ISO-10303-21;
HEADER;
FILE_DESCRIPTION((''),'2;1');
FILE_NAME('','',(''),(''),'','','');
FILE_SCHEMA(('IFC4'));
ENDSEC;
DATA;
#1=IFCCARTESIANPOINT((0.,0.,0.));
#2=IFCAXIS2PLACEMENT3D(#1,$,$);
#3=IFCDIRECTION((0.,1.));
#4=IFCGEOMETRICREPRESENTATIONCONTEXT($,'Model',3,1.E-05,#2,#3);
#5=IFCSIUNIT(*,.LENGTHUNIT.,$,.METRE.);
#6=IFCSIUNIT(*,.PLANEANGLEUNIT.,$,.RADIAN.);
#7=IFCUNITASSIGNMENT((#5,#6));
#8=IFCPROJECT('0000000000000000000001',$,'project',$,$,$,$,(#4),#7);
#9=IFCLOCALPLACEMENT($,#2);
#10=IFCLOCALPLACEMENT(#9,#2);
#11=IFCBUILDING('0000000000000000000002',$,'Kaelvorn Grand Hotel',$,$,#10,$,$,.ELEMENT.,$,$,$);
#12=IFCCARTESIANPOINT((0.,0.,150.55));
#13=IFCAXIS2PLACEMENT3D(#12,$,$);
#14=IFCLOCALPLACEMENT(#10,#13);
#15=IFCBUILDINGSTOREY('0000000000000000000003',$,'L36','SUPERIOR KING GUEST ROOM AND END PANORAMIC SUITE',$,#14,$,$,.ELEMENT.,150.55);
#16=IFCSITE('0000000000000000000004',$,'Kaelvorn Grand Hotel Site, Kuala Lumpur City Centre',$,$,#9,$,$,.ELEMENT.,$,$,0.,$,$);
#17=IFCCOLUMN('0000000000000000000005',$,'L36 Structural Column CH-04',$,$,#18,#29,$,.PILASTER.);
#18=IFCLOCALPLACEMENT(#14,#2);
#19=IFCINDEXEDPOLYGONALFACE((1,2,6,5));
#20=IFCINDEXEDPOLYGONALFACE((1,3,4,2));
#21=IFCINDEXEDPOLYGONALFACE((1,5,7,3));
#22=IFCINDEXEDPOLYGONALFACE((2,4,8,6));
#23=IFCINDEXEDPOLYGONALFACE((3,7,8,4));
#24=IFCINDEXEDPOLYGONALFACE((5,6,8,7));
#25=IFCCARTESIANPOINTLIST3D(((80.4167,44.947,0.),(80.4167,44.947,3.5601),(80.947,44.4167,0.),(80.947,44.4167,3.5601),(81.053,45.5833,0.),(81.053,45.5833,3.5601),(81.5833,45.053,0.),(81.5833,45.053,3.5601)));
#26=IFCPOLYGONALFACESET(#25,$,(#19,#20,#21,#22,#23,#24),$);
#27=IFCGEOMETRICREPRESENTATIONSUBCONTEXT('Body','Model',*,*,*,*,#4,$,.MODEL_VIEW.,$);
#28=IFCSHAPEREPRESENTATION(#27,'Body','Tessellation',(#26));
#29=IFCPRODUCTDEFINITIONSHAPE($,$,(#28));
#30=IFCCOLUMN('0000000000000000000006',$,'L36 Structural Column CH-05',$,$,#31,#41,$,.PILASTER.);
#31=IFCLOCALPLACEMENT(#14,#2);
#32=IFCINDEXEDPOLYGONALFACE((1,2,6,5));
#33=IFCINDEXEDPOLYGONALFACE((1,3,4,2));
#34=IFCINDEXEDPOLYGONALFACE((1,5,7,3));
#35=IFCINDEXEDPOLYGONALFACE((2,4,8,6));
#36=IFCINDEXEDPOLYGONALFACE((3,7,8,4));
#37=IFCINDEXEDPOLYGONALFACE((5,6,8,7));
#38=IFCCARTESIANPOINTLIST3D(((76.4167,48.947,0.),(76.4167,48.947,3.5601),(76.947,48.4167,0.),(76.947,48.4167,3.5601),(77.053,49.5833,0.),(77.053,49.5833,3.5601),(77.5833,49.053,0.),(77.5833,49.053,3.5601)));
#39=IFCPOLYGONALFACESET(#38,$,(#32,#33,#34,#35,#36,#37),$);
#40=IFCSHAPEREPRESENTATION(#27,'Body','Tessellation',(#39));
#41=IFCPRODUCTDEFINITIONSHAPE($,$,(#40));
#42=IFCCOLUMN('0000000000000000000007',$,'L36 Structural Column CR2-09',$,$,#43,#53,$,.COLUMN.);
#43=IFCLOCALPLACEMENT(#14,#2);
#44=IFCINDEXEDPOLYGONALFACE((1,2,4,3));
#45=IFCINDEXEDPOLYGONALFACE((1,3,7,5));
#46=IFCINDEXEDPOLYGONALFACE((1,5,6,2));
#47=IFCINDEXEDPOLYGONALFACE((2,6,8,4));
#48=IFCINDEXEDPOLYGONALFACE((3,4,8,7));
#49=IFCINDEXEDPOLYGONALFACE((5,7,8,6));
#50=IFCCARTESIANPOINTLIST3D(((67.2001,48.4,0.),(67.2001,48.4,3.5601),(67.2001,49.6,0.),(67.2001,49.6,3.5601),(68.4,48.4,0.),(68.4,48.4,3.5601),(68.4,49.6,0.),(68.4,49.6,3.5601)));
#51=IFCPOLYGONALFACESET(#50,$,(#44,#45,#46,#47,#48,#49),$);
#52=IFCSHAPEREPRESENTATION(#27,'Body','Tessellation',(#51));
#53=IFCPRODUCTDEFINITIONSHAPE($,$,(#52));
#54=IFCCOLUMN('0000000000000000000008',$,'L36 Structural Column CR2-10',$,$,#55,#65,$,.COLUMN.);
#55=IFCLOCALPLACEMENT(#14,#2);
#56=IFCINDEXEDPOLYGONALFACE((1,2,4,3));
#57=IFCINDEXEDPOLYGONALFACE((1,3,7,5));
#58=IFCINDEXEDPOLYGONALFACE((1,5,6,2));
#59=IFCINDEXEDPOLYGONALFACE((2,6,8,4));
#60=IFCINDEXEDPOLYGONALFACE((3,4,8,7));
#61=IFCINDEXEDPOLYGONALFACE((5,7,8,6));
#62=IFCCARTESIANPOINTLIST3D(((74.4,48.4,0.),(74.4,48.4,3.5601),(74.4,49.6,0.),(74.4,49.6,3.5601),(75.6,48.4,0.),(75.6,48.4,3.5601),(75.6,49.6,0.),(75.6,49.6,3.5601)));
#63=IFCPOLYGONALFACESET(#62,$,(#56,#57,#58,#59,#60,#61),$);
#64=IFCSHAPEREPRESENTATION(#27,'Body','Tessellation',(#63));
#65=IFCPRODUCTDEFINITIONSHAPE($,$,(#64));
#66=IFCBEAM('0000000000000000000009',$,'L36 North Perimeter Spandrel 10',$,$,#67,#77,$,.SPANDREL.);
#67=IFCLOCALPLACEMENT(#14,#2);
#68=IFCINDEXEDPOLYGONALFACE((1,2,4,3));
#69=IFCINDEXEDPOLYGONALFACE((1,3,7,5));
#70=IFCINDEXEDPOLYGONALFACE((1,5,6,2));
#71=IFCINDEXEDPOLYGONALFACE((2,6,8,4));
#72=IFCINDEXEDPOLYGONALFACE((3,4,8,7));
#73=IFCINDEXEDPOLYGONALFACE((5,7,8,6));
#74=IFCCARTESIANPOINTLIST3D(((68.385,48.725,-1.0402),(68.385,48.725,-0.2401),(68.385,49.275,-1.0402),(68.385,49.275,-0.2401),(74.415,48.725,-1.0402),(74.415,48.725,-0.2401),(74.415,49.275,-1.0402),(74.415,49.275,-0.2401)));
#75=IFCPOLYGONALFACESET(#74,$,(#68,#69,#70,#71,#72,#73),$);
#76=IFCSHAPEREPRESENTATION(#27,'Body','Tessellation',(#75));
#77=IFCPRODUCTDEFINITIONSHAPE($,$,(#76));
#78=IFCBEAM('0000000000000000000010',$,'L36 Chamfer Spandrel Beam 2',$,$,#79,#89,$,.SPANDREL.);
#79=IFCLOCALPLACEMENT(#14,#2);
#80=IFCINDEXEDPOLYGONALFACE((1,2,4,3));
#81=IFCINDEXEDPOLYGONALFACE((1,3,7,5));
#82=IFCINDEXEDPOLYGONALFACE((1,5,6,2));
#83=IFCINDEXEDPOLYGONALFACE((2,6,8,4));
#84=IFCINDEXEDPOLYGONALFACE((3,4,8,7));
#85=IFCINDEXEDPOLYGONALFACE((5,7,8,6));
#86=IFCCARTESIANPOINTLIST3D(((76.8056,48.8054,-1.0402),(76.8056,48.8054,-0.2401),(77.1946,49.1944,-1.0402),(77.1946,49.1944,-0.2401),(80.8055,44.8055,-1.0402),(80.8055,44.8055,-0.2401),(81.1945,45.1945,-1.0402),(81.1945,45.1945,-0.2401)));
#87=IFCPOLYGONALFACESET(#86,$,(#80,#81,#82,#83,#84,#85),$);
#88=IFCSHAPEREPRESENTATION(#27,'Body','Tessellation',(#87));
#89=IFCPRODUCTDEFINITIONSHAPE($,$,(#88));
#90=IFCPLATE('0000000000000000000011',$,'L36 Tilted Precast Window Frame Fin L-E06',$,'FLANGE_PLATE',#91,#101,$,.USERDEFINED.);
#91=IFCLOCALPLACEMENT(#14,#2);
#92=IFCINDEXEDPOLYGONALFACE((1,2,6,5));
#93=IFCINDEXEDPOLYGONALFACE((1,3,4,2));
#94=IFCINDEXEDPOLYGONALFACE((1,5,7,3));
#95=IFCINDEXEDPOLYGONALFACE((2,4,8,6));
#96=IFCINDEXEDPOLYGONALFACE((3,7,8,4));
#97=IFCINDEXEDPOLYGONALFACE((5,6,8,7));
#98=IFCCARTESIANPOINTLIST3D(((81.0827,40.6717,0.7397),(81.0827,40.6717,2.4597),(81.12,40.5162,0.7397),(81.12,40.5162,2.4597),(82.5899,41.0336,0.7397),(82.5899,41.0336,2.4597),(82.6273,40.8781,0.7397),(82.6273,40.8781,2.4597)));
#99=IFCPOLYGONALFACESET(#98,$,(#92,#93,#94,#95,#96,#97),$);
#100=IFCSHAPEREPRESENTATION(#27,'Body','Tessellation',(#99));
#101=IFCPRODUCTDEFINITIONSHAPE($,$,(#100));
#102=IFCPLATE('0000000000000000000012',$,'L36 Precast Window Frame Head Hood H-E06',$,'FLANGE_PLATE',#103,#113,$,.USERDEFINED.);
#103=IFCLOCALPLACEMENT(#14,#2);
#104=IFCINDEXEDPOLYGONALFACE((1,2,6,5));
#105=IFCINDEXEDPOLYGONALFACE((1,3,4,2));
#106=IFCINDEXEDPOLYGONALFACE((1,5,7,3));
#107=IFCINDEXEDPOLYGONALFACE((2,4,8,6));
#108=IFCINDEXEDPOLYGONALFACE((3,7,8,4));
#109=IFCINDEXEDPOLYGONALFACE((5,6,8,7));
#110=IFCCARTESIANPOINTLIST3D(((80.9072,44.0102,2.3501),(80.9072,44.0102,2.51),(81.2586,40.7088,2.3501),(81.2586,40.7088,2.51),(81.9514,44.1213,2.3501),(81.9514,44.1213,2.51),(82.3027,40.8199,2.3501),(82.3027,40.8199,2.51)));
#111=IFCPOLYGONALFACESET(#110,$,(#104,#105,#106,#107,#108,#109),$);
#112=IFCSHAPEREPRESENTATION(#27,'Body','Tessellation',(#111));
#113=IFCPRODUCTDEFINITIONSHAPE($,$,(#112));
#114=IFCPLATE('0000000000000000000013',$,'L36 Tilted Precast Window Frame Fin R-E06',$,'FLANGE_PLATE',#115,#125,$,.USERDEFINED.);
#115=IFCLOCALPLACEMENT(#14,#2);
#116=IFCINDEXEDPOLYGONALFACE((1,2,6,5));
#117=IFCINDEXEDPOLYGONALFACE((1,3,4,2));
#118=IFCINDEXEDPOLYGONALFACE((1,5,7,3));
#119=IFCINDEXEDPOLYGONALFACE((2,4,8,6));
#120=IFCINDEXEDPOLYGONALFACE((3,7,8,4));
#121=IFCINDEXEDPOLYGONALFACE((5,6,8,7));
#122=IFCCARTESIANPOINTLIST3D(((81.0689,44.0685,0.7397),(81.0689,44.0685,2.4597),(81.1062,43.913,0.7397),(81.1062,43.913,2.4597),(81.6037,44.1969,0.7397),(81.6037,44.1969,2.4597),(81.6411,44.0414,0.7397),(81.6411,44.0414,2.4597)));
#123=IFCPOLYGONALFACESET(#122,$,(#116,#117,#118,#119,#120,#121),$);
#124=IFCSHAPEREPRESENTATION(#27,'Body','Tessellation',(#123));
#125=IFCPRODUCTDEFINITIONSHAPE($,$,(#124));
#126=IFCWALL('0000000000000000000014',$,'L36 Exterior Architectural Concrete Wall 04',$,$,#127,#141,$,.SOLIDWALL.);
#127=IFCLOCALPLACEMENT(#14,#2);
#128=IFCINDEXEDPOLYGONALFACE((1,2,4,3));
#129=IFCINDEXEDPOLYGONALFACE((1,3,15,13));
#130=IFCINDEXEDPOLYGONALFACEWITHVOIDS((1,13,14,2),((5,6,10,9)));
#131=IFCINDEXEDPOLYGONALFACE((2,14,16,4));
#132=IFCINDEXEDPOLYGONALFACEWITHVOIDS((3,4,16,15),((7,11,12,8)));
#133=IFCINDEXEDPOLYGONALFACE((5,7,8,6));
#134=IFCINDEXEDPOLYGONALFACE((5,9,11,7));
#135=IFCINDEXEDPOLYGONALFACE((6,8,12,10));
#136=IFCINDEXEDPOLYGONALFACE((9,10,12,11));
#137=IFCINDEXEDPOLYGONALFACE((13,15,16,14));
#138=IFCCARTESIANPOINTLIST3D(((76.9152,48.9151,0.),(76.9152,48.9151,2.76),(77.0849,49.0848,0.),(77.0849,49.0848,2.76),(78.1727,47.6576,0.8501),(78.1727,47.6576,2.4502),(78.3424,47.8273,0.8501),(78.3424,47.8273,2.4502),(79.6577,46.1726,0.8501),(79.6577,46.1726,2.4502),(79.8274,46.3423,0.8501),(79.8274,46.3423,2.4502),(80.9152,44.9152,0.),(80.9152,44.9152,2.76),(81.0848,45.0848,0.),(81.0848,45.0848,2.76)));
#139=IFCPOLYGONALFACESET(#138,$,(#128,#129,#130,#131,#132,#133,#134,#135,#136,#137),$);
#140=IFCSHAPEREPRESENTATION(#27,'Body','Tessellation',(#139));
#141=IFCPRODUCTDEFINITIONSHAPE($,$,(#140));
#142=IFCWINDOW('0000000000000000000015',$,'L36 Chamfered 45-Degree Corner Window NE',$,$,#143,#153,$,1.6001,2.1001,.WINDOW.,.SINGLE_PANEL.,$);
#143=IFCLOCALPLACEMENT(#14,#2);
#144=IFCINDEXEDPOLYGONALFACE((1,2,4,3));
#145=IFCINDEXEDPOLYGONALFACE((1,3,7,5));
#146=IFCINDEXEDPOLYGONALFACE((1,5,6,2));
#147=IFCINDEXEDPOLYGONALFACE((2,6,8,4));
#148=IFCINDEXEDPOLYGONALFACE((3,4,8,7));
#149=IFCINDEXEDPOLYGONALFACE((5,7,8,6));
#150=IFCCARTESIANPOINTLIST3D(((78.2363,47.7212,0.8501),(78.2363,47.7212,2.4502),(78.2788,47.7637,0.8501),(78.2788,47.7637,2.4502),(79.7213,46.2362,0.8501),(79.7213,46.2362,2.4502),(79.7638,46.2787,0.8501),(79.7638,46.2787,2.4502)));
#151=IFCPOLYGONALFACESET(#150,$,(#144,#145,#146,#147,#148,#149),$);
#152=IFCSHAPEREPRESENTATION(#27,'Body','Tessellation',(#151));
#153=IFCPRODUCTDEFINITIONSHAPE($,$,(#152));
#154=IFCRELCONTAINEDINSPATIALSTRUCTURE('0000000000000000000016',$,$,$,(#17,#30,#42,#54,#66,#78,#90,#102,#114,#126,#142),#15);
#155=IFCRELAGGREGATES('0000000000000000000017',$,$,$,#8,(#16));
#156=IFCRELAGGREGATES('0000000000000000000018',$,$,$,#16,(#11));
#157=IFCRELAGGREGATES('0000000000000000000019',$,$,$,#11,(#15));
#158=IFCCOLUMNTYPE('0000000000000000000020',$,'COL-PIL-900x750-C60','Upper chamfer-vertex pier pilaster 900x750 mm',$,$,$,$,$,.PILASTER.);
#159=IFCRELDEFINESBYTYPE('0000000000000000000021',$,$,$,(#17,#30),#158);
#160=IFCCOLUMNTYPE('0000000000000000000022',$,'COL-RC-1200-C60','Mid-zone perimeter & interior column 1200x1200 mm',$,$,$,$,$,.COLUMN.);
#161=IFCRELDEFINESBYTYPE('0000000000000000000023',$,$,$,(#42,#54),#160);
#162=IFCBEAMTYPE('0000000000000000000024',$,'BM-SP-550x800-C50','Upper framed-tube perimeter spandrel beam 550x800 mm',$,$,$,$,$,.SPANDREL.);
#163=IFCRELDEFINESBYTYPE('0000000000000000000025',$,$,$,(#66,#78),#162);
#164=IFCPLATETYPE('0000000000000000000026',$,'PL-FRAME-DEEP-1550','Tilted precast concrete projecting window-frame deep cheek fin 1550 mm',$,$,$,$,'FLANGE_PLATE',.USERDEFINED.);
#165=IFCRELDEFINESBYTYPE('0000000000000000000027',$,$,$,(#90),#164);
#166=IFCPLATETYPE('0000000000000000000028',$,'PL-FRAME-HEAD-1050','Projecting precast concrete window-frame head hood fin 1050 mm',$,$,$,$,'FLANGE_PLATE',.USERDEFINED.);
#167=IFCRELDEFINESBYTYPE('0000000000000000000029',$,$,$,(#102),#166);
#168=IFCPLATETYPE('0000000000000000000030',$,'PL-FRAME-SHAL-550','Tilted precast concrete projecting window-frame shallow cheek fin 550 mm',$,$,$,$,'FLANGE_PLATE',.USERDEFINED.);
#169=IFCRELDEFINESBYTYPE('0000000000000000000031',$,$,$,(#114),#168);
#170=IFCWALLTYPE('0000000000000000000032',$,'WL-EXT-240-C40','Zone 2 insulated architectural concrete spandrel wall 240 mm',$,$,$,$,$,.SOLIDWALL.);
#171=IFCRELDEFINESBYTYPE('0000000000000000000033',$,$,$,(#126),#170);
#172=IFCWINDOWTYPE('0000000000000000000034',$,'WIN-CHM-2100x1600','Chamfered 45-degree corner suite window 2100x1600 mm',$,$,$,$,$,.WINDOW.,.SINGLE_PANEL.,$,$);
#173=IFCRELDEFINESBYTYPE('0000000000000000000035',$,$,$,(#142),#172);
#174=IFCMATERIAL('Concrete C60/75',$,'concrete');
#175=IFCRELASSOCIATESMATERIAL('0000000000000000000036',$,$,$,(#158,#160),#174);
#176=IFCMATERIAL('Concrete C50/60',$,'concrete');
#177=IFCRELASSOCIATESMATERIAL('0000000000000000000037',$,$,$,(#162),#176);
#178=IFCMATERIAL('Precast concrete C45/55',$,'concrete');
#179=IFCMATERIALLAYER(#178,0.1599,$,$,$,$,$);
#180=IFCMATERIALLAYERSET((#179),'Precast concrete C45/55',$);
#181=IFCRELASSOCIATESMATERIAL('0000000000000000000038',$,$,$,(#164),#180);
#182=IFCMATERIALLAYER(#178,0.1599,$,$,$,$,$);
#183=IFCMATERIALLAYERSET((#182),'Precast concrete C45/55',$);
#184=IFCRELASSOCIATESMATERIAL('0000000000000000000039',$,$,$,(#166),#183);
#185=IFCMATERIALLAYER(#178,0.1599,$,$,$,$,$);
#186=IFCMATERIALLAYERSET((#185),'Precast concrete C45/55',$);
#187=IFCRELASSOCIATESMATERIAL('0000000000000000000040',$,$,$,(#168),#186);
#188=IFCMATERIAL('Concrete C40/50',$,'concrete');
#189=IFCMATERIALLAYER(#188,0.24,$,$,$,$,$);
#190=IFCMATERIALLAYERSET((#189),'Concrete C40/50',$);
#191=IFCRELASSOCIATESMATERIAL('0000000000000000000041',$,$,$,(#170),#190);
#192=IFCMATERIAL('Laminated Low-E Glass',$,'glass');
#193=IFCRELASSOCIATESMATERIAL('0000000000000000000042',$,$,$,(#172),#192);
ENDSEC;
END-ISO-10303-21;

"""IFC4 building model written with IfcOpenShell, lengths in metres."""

from ifc_helpers import new_model, si_unit, direction, frame, frame_2d, origin, origin_2d, place, context, subcontext, project, spatial, rectangle, extrude, material, layer, layer_set, material_profile, profile_set, type_object, element, fill, save


model = new_model("IFC4")

# Units and contexts
model_context = context("Model", 3, precision=1e-05, world=origin(), true_north=direction((0.0, 1.0)))
body_context = subcontext(model_context, "Body", "Model", "MODEL_VIEW")
ifc_project = project(units=[si_unit("LENGTHUNIT", "METRE"), si_unit("PLANEANGLEUNIT", "RADIAN")], contexts=[model_context])

# Site, building, storey
site_placement = place(None, origin())
site = spatial("IfcSite", under=ifc_project, at=site_placement, Name="Kaelvorn Grand Hotel Site, Kuala Lumpur City Centre", CompositionType="ELEMENT", RefElevation=0.0)
building_placement = place(site_placement, origin())
building = spatial("IfcBuilding", under=site, at=building_placement, Name="Kaelvorn Grand Hotel", CompositionType="ELEMENT")
storey_placement = place(building_placement, frame((0.0, 0.0, 150.55)))
storey = spatial("IfcBuildingStorey", under=building, at=storey_placement, Name="L36", Description="SUPERIOR KING GUEST ROOM AND END PANORAMIC SUITE", CompositionType="ELEMENT", Elevation=150.55)

# Columns
ifc_material_1 = material(Name="Concrete C60/75", Category="concrete")
ifc_material_profile_1 = material_profile(ifc_material_1, rectangle(XDim=0.8999, YDim=0.75, at=origin_2d()), Name="RC PILASTER 900x750")
ifc_profile_set_1 = profile_set([ifc_material_profile_1], Name="Concrete C60/75")
column_type_1 = type_object("IfcColumnType", Name="COL-PIL-900x750-C60", Description="Upper chamfer-vertex pier pilaster 900x750 mm", PredefinedType="PILASTER", material=ifc_profile_set_1)
for number, where, z_axis, x_axis, name in (
    (1, (81.0, 45.0, 0.0), (0.0, 0.0, 1.0), (0.707107, 0.707107, 0.0), "L36 Structural Column CH-04"),
    (2, (77.0, 49.0, 0.0), (0.0, 0.0, 1.0), (0.707107, 0.707107, 0.0), "L36 Structural Column CH-05"),
):
    element("IfcColumn", number, at=place(storey_placement, frame(where, z_axis=z_axis, x_axis=x_axis)), inside=storey, type_object=column_type_1, Name=name, PredefinedType="PILASTER", context=body_context, shape_type="SweptSolid", body=[
        extrude(rectangle(XDim=0.8999, YDim=0.75, at=origin_2d()), origin(), (0.0, 0.0, 1.0), 3.5601),
    ])
ifc_material_profile_2 = material_profile(ifc_material_1, rectangle(XDim=1.2, YDim=1.2, at=origin_2d()), Name="RC COL 1200x1200")
ifc_profile_set_2 = profile_set([ifc_material_profile_2], Name="Concrete C60/75")
column_type_2 = type_object("IfcColumnType", Name="COL-RC-1200-C60", Description="Mid-zone perimeter & interior column 1200x1200 mm", PredefinedType="COLUMN", material=ifc_profile_set_2)
for number, where, z_axis, x_axis, name in (
    (3, (67.8, 49.0, 0.0), (0.0, 0.0, 1.0), (1.0, 0.0, 0.0), "L36 Structural Column CR2-09"),
    (4, (75.0, 49.0, 0.0), (0.0, 0.0, 1.0), (1.0, 0.0, 0.0), "L36 Structural Column CR2-10"),
):
    element("IfcColumn", number, at=place(storey_placement, frame(where, z_axis=z_axis, x_axis=x_axis)), inside=storey, type_object=column_type_2, Name=name, PredefinedType="COLUMN", context=body_context, shape_type="SweptSolid", body=[
        extrude(rectangle(XDim=1.2, YDim=1.2, at=origin_2d()), origin(), (0.0, 0.0, 1.0), 3.5601),
    ])

# Beams
ifc_material_2 = material(Name="Concrete C50/60", Category="concrete")
ifc_material_profile_3 = material_profile(ifc_material_2, rectangle(XDim=0.55, YDim=0.8, at=origin_2d()), Name="RC SPANDREL 550x800")
ifc_profile_set_3 = profile_set([ifc_material_profile_3], Name="Concrete C50/60")
beam_type = type_object("IfcBeamType", Name="BM-SP-550x800-C50", Description="Upper framed-tube perimeter spandrel beam 550x800 mm", PredefinedType="SPANDREL", material=ifc_profile_set_3)
beam_1_placement = place(storey_placement, frame((68.385, 49.0, -0.6401), z_axis=(1.0, 0.0, 0.0), x_axis=(0.0, 1.0, 0.0)))
element("IfcBeam", 5, at=beam_1_placement, inside=storey, type_object=beam_type, Name="L36 North Perimeter Spandrel 10", PredefinedType="SPANDREL", context=body_context, shape_type="SweptSolid", body=[
    extrude(rectangle(XDim=0.55, YDim=0.8, at=origin_2d()), origin(), (0.0, 0.0, 1.0), 6.03),
])
beam_2_placement = place(storey_placement, frame((81.0, 45.0, -0.6401), z_axis=(-0.707107, 0.707107, 0.0), x_axis=(-0.707107, -0.707107, 0.0)))
element("IfcBeam", 6, at=beam_2_placement, inside=storey, type_object=beam_type, Name="L36 Chamfer Spandrel Beam 2", PredefinedType="SPANDREL", context=body_context, shape_type="SweptSolid", body=[
    extrude(rectangle(XDim=0.55, YDim=0.8, at=origin_2d()), origin(), (0.0, 0.0, 1.0), 5.6567),
])

# Plates
ifc_material_3 = material(Name="Precast concrete C45/55", Category="concrete")
ifc_layer_1 = layer(ifc_material_3, 0.1599)
ifc_layer_set_1 = layer_set([ifc_layer_1], Name="Precast concrete C45/55")
plate_type_1 = type_object("IfcPlateType", Name="PL-FRAME-DEEP-1550", Description="Tilted precast concrete projecting window-frame deep cheek fin 1550 mm", ElementType="FLANGE_PLATE", PredefinedType="USERDEFINED", material=ifc_layer_set_1)
plate_1_placement = place(storey_placement, frame((81.855, 40.7749, 0.7397), z_axis=(0.0, 0.0, 1.0), x_axis=(-0.233445, 0.97237, 0.0)))
element("IfcPlate", 7, at=plate_1_placement, inside=storey, type_object=plate_type_1, Name="L36 Tilted Precast Window Frame Fin L-E06", ObjectType="FLANGE_PLATE", PredefinedType="USERDEFINED", context=body_context, shape_type="SweptSolid", body=[
    extrude(rectangle(XDim=0.1599, YDim=1.55, at=origin_2d()), origin(), (0.0, 0.0, 1.0), 1.72),
])
ifc_layer_2 = layer(ifc_material_3, 0.1599)
ifc_layer_set_2 = layer_set([ifc_layer_2], Name="Precast concrete C45/55")
plate_type_2 = type_object("IfcPlateType", Name="PL-FRAME-HEAD-1050", Description="Projecting precast concrete window-frame head hood fin 1050 mm", ElementType="FLANGE_PLATE", PredefinedType="USERDEFINED", material=ifc_layer_set_2)
plate_2_placement = place(storey_placement, frame((81.605, 42.415, 2.3501), z_axis=(0.0, 0.0, 1.0), x_axis=(-0.10583, 0.994384, 0.0)))
element("IfcPlate", 8, at=plate_2_placement, inside=storey, type_object=plate_type_2, Name="L36 Precast Window Frame Head Hood H-E06", ObjectType="FLANGE_PLATE", PredefinedType="USERDEFINED", context=body_context, shape_type="SweptSolid", body=[
    extrude(rectangle(XDim=3.3201, YDim=1.05, at=origin_2d()), origin(), (0.0, 0.0, 1.0), 0.1599),
])
ifc_layer_3 = layer(ifc_material_3, 0.1599)
ifc_layer_set_3 = layer_set([ifc_layer_3], Name="Precast concrete C45/55")
plate_type_3 = type_object("IfcPlateType", Name="PL-FRAME-SHAL-550", Description="Tilted precast concrete projecting window-frame shallow cheek fin 550 mm", ElementType="FLANGE_PLATE", PredefinedType="USERDEFINED", material=ifc_layer_set_3)
plate_3_placement = place(storey_placement, frame((81.355, 44.0549, 0.7397), z_axis=(0.0, 0.0, 1.0), x_axis=(-0.233445, 0.97237, 0.0)))
element("IfcPlate", 9, at=plate_3_placement, inside=storey, type_object=plate_type_3, Name="L36 Tilted Precast Window Frame Fin R-E06", ObjectType="FLANGE_PLATE", PredefinedType="USERDEFINED", context=body_context, shape_type="SweptSolid", body=[
    extrude(rectangle(XDim=0.1599, YDim=0.55, at=origin_2d()), origin(), (0.0, 0.0, 1.0), 1.72),
])

# Wall, opening, window
ifc_material_4 = material(Name="Concrete C40/50", Category="concrete")
ifc_layer_4 = layer(ifc_material_4, 0.24)
ifc_layer_set_4 = layer_set([ifc_layer_4], Name="Concrete C40/50")
wall_type_1 = type_object("IfcWallType", Name="WL-EXT-240-C40", Description="Zone 2 insulated architectural concrete spandrel wall 240 mm", PredefinedType="SOLIDWALL", material=ifc_layer_set_4)
wall_1_placement = place(storey_placement, frame((81.0, 45.0, 0.0), z_axis=(0.0, 0.0, 1.0), x_axis=(-0.707107, 0.707107, 0.0)))
wall_1 = element("IfcWall", 10, at=wall_1_placement, inside=storey, type_object=wall_type_1, Name="L36 Exterior Architectural Concrete Wall 04", PredefinedType="SOLIDWALL", context=body_context, shape_type="SweptSolid", body=[
    extrude(rectangle(XDim=5.6567, YDim=0.24, at=frame_2d((2.8284, 0.0))), origin(), (0.0, 0.0, 1.0), 2.76),
])
opening_1_placement = place(wall_1_placement, frame((1.7783, 0.0, 0.8501)))
opening_1 = element("IfcOpeningElement", 11, at=opening_1_placement, cuts=wall_1, PredefinedType="OPENING", context=body_context, shape_type="SweptSolid", body=[
    extrude(rectangle(XDim=2.1001, YDim=1.6001, at=frame_2d((1.05, 0.8))), frame((0.0, 0.1299, 0.0), z_axis=(0.0, -1.0, 0.0), x_axis=(1.0, 0.0, 0.0)), (0.0, 0.0, 1.0), 0.26),
])
ifc_material_5 = material(Name="Laminated Low-E Glass", Category="glass")
window_type_1 = type_object("IfcWindowType", Name="WIN-CHM-2100x1600", Description="Chamfered 45-degree corner suite window 2100x1600 mm", PartitioningType="SINGLE_PANEL", PredefinedType="WINDOW", material=ifc_material_5)
window_1_placement = place(opening_1_placement, origin())
window_1 = element("IfcWindow", 12, at=window_1_placement, inside=storey, type_object=window_type_1, Name="L36 Chamfered 45-Degree Corner Window NE", OverallHeight=1.6001, OverallWidth=2.1001, PartitioningType="SINGLE_PANEL", PredefinedType="WINDOW", context=body_context, shape_type="SweptSolid", body=[
    extrude(rectangle(XDim=2.1001, YDim=1.6001, at=frame_2d((1.05, 0.8))), frame((0.0, 0.03, 0.0), z_axis=(0.0, -1.0, 0.0), x_axis=(1.0, 0.0, 0.0)), (0.0, 0.0, 1.0), 0.0601),
])
fill(opening_1, window_1)

save(model, "model.ifc")
